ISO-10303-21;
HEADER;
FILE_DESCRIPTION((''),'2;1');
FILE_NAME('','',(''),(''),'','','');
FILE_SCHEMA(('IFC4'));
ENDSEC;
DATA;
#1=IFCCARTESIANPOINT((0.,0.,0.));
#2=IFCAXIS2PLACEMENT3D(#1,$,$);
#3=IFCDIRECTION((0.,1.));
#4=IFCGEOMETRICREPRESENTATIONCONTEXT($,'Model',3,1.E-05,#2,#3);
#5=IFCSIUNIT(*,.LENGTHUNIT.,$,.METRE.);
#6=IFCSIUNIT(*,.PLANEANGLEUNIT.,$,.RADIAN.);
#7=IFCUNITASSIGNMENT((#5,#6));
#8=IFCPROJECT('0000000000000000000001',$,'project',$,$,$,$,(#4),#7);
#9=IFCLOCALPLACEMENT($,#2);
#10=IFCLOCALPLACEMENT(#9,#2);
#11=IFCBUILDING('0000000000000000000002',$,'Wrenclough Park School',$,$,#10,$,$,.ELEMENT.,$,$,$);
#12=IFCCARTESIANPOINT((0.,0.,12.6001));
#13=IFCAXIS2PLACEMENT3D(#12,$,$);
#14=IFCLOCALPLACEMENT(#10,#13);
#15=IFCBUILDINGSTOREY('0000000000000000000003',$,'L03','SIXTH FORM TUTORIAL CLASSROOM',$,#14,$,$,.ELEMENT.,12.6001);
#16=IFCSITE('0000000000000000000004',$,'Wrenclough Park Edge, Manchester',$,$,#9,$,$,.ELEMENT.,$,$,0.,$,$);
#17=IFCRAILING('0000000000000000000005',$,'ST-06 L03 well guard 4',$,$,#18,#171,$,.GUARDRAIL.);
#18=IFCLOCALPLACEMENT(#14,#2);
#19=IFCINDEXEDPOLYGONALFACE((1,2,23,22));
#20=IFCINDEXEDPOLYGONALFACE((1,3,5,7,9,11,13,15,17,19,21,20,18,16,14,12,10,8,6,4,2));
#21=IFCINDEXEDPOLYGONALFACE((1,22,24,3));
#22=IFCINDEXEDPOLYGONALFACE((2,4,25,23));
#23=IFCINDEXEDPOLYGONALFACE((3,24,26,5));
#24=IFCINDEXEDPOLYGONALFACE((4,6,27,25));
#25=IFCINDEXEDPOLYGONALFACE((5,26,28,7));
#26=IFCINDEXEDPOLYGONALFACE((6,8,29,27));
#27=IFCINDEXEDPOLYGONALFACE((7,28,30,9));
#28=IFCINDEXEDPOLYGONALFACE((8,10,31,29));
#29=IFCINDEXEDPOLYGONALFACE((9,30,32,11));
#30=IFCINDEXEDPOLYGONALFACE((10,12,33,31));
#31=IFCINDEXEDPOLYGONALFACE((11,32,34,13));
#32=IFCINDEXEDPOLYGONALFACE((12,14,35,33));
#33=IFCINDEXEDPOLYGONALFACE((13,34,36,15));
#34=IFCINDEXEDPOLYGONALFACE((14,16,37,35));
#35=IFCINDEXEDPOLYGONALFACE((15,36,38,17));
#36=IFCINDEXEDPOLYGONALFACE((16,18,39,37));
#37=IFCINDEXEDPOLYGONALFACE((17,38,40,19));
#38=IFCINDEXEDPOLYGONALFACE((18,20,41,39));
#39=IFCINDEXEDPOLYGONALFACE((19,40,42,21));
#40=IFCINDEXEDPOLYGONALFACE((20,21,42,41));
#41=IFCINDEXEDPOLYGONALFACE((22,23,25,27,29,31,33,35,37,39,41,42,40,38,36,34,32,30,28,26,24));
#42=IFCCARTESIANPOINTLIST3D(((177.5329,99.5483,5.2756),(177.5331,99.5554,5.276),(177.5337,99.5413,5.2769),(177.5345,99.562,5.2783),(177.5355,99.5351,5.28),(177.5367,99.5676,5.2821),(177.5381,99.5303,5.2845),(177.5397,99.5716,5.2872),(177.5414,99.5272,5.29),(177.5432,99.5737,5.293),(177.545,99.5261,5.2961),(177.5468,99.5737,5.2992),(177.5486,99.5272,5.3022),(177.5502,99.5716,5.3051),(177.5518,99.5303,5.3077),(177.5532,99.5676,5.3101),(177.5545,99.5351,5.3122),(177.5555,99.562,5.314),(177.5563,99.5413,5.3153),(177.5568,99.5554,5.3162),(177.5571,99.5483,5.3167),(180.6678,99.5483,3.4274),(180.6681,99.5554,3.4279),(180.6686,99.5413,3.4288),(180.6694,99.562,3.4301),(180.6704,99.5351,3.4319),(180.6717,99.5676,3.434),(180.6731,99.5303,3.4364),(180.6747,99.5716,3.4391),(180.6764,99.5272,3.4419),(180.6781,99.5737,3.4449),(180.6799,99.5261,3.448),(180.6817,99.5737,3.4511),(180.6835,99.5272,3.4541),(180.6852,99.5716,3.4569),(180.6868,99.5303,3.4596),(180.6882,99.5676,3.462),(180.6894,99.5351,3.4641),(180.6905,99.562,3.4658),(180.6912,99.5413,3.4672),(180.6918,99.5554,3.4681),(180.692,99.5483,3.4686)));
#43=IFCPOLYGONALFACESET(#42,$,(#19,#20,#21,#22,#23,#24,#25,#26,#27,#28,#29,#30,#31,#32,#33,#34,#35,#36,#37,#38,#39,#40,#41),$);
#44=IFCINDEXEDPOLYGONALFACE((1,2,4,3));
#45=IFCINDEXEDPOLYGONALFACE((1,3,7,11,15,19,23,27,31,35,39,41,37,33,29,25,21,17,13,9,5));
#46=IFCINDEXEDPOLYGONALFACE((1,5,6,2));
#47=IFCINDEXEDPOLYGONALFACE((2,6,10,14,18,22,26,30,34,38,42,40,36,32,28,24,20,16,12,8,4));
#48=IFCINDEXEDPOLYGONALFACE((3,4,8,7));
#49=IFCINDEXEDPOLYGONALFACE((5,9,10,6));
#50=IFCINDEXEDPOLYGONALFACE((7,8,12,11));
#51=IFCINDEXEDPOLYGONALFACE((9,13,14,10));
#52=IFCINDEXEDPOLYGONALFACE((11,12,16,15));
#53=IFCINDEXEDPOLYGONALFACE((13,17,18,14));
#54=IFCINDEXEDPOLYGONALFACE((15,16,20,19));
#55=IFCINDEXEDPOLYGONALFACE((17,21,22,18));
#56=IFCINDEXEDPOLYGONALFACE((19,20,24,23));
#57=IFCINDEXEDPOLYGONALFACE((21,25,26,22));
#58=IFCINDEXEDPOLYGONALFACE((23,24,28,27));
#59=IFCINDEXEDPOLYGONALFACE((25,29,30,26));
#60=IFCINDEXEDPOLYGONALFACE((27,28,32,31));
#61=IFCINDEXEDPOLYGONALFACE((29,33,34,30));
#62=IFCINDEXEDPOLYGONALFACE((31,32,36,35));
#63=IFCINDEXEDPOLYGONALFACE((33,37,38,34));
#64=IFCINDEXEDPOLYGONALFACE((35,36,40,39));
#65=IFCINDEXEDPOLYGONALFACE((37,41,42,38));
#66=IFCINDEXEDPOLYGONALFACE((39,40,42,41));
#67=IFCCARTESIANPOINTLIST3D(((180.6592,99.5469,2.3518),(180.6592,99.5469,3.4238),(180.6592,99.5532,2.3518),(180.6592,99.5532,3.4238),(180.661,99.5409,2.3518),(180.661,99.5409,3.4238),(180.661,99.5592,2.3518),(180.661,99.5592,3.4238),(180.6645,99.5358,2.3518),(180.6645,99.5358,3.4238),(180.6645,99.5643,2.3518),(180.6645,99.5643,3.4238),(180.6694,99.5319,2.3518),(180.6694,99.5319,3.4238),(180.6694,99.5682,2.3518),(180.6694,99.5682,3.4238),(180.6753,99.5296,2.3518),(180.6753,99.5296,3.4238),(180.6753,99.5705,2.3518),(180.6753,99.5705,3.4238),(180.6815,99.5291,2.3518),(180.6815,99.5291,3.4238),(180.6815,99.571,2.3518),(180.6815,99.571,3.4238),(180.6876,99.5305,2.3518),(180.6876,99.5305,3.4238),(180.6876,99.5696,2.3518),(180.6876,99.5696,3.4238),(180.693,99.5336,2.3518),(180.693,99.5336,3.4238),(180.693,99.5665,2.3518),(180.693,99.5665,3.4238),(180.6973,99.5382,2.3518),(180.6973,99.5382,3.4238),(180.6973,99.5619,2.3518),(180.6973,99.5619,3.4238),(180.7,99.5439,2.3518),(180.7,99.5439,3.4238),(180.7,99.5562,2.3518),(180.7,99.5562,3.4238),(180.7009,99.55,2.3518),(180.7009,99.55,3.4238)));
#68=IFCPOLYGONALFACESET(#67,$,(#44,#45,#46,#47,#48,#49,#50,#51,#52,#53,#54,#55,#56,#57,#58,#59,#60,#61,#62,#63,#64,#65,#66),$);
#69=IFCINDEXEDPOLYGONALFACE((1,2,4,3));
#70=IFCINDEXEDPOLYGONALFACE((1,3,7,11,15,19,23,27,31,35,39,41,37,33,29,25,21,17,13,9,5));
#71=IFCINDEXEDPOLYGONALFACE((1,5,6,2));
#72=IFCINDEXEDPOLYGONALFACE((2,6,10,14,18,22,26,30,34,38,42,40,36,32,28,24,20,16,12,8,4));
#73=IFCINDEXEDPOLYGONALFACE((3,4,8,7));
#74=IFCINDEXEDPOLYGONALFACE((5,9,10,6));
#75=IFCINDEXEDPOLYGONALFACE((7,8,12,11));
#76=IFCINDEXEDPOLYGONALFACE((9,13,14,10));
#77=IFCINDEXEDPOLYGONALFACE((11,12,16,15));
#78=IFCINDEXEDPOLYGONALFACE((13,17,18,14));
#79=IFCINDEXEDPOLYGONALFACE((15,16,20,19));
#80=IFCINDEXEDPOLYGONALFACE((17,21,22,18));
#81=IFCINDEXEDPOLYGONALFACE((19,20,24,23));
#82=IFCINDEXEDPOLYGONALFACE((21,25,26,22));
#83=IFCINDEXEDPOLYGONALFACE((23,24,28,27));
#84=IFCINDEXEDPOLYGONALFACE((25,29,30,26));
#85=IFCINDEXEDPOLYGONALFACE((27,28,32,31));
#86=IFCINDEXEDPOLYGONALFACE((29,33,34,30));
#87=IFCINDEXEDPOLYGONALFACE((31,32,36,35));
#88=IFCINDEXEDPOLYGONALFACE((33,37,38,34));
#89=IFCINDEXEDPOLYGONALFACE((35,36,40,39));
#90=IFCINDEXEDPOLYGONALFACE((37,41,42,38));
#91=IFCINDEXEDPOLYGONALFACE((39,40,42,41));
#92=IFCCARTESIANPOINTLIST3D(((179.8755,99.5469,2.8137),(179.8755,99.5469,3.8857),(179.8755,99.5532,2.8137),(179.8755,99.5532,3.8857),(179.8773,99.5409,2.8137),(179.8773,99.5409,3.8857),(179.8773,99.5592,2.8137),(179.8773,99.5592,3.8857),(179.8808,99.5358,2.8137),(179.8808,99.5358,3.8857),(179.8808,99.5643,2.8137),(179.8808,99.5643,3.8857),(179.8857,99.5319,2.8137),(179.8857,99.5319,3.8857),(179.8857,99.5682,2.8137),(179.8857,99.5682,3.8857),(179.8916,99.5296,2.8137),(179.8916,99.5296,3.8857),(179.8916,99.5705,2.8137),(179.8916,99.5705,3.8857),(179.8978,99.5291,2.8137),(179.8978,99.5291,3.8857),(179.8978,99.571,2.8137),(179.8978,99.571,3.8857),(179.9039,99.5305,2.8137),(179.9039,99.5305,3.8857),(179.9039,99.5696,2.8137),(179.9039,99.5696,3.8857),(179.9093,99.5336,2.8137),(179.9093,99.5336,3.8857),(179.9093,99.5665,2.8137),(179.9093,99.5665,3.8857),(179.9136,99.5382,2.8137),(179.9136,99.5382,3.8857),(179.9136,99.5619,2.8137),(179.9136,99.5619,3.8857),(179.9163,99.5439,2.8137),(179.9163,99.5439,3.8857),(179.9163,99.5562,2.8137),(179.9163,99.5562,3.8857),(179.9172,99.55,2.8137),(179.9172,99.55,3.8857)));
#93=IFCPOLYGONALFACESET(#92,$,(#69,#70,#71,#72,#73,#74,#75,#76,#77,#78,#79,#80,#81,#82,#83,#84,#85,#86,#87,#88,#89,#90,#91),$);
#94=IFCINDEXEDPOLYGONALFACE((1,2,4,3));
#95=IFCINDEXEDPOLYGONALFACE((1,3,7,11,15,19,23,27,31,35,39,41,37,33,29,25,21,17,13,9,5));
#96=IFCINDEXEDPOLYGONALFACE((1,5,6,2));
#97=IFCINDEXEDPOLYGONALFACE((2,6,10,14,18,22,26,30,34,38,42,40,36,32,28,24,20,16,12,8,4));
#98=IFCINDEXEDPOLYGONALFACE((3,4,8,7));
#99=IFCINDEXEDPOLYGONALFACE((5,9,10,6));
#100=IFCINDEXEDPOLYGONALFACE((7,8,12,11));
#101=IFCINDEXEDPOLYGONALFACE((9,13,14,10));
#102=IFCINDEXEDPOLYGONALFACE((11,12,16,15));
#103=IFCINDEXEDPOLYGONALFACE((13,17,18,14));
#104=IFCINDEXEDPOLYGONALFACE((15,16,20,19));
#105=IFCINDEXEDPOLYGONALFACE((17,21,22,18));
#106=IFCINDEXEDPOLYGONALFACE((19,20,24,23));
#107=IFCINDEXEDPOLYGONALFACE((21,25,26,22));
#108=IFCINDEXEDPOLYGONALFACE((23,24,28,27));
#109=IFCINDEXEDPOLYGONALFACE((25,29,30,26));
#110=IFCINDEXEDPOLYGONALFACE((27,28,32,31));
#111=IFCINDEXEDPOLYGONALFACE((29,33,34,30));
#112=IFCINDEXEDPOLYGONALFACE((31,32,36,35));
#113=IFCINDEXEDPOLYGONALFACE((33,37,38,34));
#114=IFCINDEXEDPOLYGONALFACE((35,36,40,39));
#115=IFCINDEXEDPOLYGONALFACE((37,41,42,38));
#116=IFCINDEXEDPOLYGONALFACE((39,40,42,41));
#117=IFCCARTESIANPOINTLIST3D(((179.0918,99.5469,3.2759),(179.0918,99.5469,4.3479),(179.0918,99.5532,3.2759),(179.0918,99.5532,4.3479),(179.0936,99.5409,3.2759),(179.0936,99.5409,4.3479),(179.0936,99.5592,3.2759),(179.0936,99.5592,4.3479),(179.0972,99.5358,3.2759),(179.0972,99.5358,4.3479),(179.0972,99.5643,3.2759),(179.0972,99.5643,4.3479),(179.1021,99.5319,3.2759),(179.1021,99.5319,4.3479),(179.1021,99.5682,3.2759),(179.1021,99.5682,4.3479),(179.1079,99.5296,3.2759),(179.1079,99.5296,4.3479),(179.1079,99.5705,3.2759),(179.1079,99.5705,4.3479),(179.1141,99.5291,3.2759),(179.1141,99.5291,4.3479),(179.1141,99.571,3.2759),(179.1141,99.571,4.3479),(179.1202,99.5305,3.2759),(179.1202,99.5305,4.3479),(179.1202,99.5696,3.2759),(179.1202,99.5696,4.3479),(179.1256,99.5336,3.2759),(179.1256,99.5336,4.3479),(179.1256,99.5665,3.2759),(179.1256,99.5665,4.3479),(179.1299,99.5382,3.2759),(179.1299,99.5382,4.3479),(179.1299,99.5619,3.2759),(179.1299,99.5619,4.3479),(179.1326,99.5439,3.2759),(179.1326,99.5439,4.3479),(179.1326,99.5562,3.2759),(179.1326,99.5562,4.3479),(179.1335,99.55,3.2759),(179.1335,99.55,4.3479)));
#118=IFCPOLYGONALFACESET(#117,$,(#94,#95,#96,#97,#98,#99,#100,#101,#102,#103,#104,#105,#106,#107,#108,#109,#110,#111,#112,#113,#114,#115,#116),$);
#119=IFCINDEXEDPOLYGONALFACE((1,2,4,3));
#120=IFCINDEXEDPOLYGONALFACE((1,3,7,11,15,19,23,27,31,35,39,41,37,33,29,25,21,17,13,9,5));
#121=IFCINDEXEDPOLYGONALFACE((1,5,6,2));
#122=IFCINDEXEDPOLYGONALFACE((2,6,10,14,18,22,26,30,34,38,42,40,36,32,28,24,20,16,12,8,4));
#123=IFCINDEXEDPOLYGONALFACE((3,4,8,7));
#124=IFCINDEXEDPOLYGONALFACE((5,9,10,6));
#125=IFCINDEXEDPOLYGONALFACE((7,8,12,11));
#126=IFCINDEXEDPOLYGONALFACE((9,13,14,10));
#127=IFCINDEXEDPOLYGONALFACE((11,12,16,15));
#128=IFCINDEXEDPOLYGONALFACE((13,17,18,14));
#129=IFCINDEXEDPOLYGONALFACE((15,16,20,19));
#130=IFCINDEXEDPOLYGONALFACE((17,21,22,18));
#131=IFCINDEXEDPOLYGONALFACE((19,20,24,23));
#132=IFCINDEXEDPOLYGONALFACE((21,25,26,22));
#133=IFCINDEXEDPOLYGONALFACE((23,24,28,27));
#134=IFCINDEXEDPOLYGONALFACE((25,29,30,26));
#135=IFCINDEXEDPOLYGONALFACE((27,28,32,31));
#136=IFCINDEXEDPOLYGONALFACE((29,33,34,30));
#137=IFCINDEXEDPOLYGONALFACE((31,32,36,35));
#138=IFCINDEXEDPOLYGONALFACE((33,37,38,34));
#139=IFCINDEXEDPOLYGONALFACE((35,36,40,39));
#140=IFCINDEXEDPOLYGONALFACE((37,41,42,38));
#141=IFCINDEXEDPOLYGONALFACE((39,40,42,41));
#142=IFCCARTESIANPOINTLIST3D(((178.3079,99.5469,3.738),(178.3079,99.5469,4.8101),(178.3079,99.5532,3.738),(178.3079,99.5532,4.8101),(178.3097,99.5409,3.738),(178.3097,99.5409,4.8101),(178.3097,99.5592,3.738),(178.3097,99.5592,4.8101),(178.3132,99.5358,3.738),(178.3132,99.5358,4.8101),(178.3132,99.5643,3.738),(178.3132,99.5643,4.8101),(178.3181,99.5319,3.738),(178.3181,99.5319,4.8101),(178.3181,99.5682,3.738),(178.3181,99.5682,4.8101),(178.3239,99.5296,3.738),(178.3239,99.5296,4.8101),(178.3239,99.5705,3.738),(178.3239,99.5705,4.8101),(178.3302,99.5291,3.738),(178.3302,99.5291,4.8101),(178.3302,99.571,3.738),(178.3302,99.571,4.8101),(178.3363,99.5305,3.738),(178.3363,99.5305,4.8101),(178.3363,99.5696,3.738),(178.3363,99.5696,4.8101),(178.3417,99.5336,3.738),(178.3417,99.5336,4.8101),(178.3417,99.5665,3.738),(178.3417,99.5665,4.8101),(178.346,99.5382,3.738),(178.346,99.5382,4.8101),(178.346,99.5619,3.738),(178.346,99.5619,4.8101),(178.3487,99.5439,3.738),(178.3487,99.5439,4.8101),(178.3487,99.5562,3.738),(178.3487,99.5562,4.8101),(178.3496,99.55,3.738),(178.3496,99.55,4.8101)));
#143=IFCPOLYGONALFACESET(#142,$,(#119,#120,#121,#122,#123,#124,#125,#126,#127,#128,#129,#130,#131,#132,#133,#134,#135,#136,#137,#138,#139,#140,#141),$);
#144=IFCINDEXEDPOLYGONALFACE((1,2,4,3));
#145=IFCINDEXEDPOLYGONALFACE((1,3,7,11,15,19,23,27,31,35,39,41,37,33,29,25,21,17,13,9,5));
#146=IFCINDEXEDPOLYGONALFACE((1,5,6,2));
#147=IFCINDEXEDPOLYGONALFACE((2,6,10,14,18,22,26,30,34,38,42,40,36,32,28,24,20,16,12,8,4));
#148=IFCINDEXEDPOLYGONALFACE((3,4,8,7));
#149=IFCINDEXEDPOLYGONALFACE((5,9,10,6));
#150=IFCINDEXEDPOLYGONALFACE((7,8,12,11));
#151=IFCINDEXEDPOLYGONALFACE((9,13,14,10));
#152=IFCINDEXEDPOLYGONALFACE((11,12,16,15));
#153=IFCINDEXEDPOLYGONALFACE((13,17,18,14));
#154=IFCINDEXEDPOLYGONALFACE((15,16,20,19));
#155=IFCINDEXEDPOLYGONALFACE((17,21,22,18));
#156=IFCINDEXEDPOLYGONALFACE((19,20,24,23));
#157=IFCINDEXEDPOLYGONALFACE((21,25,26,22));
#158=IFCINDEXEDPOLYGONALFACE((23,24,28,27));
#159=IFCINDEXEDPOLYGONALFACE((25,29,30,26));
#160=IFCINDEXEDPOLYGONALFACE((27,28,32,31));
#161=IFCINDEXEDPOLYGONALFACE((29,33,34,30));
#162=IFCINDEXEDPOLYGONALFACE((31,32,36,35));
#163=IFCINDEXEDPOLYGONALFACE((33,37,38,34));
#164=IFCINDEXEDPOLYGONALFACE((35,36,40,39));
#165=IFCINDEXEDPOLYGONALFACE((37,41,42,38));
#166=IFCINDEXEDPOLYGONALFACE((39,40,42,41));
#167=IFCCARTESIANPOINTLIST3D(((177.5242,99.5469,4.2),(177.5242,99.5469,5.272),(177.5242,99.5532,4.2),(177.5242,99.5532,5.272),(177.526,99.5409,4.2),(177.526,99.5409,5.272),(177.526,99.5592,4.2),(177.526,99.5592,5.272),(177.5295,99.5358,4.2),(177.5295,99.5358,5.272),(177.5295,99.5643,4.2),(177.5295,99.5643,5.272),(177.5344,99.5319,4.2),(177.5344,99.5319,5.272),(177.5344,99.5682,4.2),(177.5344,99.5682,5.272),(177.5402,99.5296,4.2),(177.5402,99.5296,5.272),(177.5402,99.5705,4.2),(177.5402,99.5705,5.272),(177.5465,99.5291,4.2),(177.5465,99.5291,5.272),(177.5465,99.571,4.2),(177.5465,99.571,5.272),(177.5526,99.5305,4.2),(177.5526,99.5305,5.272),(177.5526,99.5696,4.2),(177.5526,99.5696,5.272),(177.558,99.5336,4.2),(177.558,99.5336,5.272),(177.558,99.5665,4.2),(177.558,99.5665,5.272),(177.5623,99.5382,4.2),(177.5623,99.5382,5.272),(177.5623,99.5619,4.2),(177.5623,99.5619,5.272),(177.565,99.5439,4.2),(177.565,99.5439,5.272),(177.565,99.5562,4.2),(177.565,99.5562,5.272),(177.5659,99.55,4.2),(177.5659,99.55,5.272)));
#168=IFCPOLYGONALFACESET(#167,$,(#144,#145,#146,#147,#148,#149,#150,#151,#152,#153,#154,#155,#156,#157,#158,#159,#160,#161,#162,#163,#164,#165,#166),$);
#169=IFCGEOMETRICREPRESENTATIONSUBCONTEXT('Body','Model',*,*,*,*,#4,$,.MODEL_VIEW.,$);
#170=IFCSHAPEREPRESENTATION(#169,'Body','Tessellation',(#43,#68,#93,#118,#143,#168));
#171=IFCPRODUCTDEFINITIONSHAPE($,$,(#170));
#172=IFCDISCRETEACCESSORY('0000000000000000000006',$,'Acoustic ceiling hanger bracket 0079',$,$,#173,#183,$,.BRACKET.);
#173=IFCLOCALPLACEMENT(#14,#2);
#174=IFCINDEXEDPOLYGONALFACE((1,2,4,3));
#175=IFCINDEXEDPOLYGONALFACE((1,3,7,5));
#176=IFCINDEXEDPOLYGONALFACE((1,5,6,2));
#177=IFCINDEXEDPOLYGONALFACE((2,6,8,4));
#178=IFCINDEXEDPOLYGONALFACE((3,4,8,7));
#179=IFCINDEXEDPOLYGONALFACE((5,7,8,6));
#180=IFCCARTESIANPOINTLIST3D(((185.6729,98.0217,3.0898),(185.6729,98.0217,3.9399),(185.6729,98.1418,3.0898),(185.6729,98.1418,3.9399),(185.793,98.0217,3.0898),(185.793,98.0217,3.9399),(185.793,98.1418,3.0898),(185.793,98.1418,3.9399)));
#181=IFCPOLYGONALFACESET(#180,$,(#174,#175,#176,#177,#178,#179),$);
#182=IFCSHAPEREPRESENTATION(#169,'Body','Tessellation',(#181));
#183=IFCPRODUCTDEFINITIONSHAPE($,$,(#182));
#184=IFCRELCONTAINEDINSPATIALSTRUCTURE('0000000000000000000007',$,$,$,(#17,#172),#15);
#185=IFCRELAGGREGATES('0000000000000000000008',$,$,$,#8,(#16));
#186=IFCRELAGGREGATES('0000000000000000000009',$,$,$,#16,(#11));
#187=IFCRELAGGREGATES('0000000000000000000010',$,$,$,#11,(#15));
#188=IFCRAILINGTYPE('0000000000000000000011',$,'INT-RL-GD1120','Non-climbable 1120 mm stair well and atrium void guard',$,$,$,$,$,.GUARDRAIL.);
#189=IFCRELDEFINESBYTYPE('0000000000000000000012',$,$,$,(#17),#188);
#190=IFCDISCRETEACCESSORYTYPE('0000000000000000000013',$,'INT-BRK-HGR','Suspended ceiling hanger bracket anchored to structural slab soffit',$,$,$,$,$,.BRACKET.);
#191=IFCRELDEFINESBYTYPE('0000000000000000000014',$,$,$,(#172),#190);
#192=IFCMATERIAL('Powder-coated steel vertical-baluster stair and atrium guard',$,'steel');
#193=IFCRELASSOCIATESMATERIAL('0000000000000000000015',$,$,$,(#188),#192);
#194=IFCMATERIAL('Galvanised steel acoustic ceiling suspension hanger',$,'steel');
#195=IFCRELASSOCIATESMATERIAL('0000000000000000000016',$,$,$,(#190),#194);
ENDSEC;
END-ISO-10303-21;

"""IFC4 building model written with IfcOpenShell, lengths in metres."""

from ifc_helpers import new_model, si_unit, direction, frame, origin, origin_2d, place, context, subcontext, project, spatial, rectangle, circle, extrude, material, type_object, element, save


model = new_model("IFC4")

# Units and contexts
model_context = context("Model", 3, precision=1e-05, world=origin(), true_north=direction((0.0, 1.0)))
body_context = subcontext(model_context, "Body", "Model", "MODEL_VIEW")
ifc_project = project(units=[si_unit("LENGTHUNIT", "METRE"), si_unit("PLANEANGLEUNIT", "RADIAN")], contexts=[model_context])

# Site, building, storey
site_placement = place(None, origin())
site = spatial("IfcSite", under=ifc_project, at=site_placement, Name="Wrenclough Park Edge, Manchester", CompositionType="ELEMENT", RefElevation=0.0)
building_placement = place(site_placement, origin())
building = spatial("IfcBuilding", under=site, at=building_placement, Name="Wrenclough Park School", CompositionType="ELEMENT")
storey_placement = place(building_placement, frame((0.0, 0.0, 12.6001)))
storey = spatial("IfcBuildingStorey", under=building, at=storey_placement, Name="L03", Description="SIXTH FORM TUTORIAL CLASSROOM", CompositionType="ELEMENT", Elevation=12.6001)

# Railing
ifc_material_1 = material(Name="Powder-coated steel vertical-baluster stair and atrium guard", Category="steel")
railing_type = type_object("IfcRailingType", Name="INT-RL-GD1120", Description="Non-climbable 1120 mm stair well and atrium void guard", PredefinedType="GUARDRAIL", material=ifc_material_1)
railing_1_placement = place(storey_placement, frame((180.6799, 99.55, 2.3518)))
element("IfcRailing", 1, at=railing_1_placement, inside=storey, type_object=railing_type, Name="ST-06 L03 well guard 4", PredefinedType="GUARDRAIL", context=body_context, shape_type="SweptSolid", body=[
    extrude(circle(Radius=0.0239, at=origin_2d()), frame((0.0, 0.0, 1.0962), z_axis=(-0.861451, 0.0, 0.507841), x_axis=(0.0, -1.0, 0.0)), (0.0, 0.0, 1.0), 3.6392),
    extrude(circle(Radius=0.021, at=origin_2d()), origin(), (0.0, 0.0, 1.0), 1.072),
    extrude(circle(Radius=0.021, at=origin_2d()), frame((-0.7837, 0.0, 0.4619)), (0.0, 0.0, 1.0), 1.072),
    extrude(circle(Radius=0.021, at=origin_2d()), frame((-1.5674, 0.0, 0.9241)), (0.0, 0.0, 1.0), 1.072),
    extrude(circle(Radius=0.021, at=origin_2d()), frame((-2.3513, 0.0, 1.3862)), (0.0, 0.0, 1.0), 1.072),
    extrude(circle(Radius=0.021, at=origin_2d()), frame((-3.135, 0.0, 1.8481)), (0.0, 0.0, 1.0), 1.072),
])

# Discrete accessory
ifc_material_2 = material(Name="Galvanised steel acoustic ceiling suspension hanger", Category="steel")
discrete_accessory_type = type_object("IfcDiscreteAccessoryType", Name="INT-BRK-HGR", Description="Suspended ceiling hanger bracket anchored to structural slab soffit", PredefinedType="BRACKET", material=ifc_material_2)
discrete_accessory_placement = place(storey_placement, frame((185.7329, 98.0818, 3.0898), z_axis=(0.0, 0.0, 1.0), x_axis=(1.0, 0.0, 0.0)))
element("IfcDiscreteAccessory", 2, at=discrete_accessory_placement, inside=storey, type_object=discrete_accessory_type, Name="Acoustic ceiling hanger bracket 0079", PredefinedType="BRACKET", context=body_context, shape_type="SweptSolid", body=[
    extrude(rectangle(XDim=0.1201, YDim=0.1201, at=origin_2d()), origin(), (0.0, 0.0, 1.0), 0.8501),
])

save(model, "model.ifc")
